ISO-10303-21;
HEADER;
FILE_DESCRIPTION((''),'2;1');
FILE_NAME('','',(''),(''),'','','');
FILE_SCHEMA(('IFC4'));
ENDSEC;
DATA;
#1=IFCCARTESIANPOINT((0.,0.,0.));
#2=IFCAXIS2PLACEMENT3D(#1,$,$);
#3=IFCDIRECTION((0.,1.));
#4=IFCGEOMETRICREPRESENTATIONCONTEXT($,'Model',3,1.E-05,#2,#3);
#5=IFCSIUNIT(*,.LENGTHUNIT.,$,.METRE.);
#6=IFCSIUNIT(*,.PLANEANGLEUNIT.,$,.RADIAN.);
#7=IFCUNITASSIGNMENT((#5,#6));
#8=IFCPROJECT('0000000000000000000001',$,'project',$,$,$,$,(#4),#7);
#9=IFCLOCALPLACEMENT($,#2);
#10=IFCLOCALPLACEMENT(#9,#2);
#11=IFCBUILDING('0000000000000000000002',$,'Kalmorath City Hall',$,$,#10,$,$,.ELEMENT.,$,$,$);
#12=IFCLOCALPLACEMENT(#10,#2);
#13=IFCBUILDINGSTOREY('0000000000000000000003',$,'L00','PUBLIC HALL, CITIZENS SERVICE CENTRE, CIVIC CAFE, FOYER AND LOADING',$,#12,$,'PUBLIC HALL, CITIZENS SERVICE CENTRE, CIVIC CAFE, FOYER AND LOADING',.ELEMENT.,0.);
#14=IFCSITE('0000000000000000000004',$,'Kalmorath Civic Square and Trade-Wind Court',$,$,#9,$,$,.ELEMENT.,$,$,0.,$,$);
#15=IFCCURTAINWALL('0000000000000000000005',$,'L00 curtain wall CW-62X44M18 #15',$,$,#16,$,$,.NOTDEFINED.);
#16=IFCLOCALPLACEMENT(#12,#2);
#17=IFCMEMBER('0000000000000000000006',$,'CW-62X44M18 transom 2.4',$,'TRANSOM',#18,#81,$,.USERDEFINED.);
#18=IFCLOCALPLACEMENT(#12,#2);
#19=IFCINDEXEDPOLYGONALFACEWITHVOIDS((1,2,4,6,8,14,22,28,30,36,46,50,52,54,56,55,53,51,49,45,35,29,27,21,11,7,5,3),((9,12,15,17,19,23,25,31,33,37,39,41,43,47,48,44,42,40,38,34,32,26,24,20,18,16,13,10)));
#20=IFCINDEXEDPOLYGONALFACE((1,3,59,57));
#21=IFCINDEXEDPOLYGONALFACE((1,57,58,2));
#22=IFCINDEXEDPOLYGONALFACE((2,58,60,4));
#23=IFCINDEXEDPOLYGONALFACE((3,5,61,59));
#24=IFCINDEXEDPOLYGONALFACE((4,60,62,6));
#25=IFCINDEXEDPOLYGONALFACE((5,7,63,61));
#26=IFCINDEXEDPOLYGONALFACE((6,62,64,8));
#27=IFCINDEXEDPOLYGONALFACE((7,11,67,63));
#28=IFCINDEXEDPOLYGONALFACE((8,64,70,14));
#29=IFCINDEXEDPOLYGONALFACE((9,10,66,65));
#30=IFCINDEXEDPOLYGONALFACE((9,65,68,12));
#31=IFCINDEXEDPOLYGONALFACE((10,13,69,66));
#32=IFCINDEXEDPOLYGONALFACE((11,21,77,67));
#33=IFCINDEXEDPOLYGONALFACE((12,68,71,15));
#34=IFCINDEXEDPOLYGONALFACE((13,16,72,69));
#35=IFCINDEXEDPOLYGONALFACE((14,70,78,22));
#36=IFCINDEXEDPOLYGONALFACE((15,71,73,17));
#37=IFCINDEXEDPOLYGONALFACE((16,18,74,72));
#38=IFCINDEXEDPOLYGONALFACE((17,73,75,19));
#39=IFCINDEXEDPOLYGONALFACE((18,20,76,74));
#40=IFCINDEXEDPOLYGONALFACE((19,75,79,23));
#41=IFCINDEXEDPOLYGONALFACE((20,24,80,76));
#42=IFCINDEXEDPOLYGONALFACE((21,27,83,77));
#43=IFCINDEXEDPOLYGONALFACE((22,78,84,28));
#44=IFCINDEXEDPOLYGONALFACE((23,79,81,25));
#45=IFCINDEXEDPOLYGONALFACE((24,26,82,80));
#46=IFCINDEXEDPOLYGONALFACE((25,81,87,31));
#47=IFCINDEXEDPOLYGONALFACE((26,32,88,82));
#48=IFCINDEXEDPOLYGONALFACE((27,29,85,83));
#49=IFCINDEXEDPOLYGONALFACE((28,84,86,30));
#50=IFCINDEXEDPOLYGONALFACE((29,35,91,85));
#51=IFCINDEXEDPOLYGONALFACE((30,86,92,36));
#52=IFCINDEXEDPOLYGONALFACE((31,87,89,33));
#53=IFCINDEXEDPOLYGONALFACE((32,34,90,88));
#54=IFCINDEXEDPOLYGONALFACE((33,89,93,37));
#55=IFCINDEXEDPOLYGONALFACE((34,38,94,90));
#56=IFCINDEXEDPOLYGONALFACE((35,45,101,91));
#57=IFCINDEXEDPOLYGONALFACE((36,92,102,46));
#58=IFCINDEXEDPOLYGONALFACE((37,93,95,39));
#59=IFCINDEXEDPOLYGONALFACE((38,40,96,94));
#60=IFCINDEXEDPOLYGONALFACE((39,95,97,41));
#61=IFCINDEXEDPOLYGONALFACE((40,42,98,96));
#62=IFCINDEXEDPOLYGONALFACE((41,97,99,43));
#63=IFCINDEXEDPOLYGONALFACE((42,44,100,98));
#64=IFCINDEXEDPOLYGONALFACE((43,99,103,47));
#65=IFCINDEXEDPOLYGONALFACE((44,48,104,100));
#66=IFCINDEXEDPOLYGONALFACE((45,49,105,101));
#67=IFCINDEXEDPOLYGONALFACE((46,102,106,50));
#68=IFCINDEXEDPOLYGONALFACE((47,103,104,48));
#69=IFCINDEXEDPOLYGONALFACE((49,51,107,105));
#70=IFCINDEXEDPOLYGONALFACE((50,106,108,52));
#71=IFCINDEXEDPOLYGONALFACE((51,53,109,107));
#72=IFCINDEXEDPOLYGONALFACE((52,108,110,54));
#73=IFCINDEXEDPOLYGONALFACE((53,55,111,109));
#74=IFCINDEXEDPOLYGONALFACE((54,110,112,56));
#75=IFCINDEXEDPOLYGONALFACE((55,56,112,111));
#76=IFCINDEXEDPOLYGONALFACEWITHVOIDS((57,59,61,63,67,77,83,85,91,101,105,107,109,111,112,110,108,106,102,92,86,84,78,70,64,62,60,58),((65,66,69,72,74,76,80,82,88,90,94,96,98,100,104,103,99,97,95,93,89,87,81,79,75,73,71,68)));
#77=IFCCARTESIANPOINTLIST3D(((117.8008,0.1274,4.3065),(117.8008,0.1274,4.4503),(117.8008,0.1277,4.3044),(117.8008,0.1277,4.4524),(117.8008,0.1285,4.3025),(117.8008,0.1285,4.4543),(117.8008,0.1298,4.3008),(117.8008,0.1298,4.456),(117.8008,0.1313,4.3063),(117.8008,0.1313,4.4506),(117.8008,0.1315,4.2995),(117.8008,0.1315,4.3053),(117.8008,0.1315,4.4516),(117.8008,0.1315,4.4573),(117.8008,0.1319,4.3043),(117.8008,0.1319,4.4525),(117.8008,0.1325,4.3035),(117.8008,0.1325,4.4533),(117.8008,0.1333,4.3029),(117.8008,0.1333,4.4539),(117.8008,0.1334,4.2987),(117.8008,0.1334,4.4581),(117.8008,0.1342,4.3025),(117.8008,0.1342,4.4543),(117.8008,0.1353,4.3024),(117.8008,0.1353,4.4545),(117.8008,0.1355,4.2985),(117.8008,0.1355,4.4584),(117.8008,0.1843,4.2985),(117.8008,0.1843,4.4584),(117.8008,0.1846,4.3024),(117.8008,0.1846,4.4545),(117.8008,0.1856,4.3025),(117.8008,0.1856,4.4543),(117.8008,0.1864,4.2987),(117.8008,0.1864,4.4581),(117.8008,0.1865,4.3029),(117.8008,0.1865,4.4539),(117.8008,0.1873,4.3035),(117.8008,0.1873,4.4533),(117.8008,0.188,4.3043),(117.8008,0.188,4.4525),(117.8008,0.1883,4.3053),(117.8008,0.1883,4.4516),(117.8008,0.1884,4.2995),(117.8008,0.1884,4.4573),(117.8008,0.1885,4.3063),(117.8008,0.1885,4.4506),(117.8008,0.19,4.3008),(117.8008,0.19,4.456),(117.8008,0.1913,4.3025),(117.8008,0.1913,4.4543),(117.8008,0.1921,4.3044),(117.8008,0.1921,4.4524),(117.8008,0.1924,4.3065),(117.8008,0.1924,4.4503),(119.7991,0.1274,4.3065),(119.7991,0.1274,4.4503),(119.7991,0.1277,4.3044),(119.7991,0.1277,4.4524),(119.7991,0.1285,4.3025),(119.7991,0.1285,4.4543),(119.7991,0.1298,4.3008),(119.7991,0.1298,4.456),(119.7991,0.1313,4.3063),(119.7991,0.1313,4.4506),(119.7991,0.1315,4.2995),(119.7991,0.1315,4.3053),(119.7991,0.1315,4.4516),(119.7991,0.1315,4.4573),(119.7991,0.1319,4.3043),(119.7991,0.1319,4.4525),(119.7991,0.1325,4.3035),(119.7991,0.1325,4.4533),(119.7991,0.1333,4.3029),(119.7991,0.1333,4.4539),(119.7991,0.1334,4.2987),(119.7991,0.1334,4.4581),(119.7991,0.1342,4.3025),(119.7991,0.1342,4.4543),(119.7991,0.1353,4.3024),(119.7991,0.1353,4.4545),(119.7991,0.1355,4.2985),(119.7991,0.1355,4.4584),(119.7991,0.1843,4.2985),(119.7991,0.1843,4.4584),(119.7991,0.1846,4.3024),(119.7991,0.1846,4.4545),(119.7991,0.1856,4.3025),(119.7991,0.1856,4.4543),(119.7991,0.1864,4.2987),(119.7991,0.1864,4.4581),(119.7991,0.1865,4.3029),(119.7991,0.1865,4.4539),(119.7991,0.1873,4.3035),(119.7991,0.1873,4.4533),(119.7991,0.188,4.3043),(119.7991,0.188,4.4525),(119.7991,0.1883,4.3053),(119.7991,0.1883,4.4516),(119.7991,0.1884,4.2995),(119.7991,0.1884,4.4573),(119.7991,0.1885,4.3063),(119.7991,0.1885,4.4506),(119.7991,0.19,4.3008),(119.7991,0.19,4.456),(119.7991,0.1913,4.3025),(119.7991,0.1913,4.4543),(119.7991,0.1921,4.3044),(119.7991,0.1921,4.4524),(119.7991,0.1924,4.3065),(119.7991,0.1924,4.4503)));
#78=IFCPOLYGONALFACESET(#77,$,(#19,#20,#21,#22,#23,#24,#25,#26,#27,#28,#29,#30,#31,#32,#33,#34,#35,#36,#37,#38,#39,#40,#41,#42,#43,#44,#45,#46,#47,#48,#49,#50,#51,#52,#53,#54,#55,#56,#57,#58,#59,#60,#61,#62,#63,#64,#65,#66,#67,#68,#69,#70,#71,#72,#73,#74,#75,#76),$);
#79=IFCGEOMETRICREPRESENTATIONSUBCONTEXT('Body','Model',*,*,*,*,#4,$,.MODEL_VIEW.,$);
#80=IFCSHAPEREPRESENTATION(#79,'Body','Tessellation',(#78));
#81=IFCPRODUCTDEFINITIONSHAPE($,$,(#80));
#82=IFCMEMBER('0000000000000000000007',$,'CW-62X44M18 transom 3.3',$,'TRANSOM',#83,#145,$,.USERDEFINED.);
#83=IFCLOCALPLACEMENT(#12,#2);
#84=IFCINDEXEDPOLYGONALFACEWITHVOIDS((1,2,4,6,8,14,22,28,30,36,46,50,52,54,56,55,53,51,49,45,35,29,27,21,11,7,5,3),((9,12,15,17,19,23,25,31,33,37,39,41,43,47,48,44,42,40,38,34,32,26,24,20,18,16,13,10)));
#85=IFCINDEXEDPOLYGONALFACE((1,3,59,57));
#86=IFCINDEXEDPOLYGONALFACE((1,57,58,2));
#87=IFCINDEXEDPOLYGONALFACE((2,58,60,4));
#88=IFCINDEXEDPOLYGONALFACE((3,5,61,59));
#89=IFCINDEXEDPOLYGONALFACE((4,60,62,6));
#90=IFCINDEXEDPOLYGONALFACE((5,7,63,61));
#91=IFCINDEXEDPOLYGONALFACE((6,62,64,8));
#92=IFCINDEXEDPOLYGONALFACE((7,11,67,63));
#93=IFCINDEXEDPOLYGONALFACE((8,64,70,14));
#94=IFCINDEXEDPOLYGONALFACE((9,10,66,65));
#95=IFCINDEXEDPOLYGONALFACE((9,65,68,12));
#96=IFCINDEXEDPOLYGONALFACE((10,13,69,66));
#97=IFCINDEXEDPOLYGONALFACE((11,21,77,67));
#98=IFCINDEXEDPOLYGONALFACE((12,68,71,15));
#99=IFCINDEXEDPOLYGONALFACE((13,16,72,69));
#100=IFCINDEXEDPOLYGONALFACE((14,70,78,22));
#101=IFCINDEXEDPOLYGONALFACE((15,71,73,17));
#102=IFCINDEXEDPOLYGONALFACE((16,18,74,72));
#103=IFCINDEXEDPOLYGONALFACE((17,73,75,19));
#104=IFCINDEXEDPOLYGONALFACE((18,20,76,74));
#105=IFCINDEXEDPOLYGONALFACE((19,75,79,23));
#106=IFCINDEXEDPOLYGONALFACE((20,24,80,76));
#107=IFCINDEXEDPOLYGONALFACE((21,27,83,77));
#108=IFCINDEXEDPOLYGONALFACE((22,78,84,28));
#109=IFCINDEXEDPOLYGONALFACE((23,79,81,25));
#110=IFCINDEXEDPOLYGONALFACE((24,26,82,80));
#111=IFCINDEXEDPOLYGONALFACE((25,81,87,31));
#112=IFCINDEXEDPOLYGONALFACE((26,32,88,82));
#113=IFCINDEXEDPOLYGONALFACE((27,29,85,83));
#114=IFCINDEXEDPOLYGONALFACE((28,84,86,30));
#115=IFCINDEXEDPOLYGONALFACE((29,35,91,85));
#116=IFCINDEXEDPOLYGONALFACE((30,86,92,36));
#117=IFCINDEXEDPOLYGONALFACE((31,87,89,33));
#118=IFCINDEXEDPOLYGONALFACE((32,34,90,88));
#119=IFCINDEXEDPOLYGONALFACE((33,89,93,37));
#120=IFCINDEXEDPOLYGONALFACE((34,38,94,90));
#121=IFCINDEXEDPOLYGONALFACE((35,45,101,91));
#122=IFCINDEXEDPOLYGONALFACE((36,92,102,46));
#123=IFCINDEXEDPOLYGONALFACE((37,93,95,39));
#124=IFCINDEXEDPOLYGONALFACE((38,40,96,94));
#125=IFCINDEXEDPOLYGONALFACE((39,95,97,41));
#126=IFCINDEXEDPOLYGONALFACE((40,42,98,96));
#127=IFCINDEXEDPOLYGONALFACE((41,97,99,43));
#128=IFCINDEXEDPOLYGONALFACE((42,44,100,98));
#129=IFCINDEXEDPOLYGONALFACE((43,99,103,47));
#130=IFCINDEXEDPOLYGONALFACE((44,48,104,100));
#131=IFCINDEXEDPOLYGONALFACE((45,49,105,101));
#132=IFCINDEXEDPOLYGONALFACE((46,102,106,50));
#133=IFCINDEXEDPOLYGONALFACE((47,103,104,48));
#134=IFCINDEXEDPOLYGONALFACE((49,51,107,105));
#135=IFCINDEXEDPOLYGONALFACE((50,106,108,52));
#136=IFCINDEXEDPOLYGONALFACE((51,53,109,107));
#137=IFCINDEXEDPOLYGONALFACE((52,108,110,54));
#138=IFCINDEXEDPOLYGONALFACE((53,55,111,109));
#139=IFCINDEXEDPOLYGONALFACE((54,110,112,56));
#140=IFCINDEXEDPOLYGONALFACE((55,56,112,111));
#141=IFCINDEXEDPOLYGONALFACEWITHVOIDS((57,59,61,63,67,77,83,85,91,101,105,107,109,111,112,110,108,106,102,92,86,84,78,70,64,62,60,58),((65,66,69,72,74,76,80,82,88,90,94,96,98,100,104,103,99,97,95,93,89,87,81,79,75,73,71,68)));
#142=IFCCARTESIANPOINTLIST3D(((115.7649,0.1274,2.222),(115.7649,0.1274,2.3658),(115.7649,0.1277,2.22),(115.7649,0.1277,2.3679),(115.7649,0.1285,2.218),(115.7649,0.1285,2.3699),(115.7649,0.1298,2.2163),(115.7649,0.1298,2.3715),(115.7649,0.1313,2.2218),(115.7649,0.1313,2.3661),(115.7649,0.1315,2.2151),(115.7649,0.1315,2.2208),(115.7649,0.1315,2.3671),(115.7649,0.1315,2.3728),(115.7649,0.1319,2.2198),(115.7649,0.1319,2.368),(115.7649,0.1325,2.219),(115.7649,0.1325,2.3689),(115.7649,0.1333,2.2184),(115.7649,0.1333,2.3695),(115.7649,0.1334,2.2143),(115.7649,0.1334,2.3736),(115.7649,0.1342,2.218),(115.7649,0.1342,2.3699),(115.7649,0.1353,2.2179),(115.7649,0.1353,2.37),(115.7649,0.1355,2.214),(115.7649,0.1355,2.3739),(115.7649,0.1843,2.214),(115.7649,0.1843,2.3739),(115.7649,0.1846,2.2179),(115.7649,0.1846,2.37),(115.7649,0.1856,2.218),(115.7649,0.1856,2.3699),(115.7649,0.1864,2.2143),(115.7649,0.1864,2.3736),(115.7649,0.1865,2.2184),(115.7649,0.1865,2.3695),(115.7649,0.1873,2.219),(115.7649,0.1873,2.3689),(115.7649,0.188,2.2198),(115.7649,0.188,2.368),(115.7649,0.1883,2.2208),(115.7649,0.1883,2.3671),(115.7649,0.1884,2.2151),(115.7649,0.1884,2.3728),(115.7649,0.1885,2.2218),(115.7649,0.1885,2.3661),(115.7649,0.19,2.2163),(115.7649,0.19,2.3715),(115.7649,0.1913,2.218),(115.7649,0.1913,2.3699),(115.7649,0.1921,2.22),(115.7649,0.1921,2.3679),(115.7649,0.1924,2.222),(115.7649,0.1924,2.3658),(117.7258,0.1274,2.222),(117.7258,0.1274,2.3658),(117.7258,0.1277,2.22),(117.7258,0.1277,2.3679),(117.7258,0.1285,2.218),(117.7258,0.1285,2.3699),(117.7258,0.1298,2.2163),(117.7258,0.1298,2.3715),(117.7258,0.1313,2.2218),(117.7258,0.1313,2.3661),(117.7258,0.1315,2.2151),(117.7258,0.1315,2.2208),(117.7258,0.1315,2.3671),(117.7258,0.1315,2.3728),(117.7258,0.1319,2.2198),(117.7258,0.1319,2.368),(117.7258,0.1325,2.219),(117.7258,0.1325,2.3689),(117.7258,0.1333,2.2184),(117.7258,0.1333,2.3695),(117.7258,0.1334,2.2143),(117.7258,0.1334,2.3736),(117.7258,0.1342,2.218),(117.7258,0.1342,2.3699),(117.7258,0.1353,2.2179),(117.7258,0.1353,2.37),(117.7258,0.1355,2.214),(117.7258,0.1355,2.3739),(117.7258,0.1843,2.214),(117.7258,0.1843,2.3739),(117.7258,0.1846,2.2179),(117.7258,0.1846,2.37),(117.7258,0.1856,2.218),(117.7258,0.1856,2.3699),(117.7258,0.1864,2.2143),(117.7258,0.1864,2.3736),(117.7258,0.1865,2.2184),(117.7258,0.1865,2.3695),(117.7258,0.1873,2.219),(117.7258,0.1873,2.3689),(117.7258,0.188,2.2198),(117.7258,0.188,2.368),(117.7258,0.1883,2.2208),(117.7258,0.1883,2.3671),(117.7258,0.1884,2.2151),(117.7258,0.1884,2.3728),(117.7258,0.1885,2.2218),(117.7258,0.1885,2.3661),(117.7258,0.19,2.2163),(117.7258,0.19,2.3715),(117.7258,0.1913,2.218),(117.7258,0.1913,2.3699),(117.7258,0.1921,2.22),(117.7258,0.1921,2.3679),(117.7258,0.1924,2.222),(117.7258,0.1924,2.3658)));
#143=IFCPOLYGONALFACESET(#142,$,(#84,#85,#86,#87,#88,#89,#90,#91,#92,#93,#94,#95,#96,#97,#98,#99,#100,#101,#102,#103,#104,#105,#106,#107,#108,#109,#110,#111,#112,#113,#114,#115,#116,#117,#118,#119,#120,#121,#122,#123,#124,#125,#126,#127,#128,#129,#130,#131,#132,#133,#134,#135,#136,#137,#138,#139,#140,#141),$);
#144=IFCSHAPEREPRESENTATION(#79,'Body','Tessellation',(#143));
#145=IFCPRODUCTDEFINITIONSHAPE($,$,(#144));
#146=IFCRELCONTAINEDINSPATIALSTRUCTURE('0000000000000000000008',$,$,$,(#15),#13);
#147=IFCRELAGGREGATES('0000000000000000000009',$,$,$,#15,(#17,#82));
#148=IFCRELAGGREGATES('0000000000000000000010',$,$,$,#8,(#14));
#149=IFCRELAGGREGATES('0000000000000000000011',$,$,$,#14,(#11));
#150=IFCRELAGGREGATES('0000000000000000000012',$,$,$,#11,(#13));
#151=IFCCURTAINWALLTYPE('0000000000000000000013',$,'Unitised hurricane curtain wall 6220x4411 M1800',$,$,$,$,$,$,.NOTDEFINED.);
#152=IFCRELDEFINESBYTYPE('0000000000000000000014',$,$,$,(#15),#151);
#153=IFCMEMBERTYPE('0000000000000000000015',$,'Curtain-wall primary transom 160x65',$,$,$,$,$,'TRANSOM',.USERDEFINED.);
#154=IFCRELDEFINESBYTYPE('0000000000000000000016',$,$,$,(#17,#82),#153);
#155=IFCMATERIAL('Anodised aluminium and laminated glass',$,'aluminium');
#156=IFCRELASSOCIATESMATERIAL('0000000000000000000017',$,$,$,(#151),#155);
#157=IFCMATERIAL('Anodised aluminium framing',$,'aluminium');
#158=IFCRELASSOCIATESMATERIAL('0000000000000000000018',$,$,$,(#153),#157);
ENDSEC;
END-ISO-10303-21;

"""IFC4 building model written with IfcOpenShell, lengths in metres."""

from ifc_helpers import new_model, si_unit, direction, frame, origin, origin_2d, place, context, subcontext, project, spatial, hollow_rectangle, extrude, material, material_profile, profile_set, type_object, element, aggregate, save


model = new_model("IFC4")

# Units and contexts
model_context = context("Model", 3, precision=1e-05, world=origin(), true_north=direction((0.0, 1.0)))
body_context = subcontext(model_context, "Body", "Model", "MODEL_VIEW")
ifc_project = project(units=[si_unit("LENGTHUNIT", "METRE"), si_unit("PLANEANGLEUNIT", "RADIAN")], contexts=[model_context])

# Site, building, storey
site_placement = place(None, origin())
site = spatial("IfcSite", under=ifc_project, at=site_placement, Name="Kalmorath Civic Square and Trade-Wind Court", CompositionType="ELEMENT", RefElevation=0.0)
building_placement = place(site_placement, origin())
building = spatial("IfcBuilding", under=site, at=building_placement, Name="Kalmorath City Hall", CompositionType="ELEMENT")
storey_placement = place(building_placement, origin())
storey = spatial("IfcBuildingStorey", under=building, at=storey_placement, Name="L00", Description="PUBLIC HALL, CITIZENS SERVICE CENTRE, CIVIC CAFE, FOYER AND LOADING", LongName="PUBLIC HALL, CITIZENS SERVICE CENTRE, CIVIC CAFE, FOYER AND LOADING", CompositionType="ELEMENT", Elevation=0.0)

# Curtain wall, members
ifc_material_1 = material(Name="Anodised aluminium and laminated glass", Category="aluminium")
curtain_wall_type = type_object("IfcCurtainWallType", Name="Unitised hurricane curtain wall 6220x4411 M1800", PredefinedType="NOTDEFINED", material=ifc_material_1)
curtain_wall_placement = place(storey_placement, origin())
curtain_wall = element("IfcCurtainWall", 1, at=curtain_wall_placement, inside=storey, type_object=curtain_wall_type, Name="L00 curtain wall CW-62X44M18 #15", PredefinedType="NOTDEFINED")
ifc_material_2 = material(Name="Anodised aluminium framing", Category="aluminium")
ifc_material_profile_1 = material_profile(ifc_material_2, hollow_rectangle(XDim=0.0649, YDim=0.1599, WallThickness=0.0039, InnerFilletRadius=0.0039, OuterFilletRadius=0.0081, at=origin_2d()), Name="ALU-TRN-160X65X4")
ifc_profile_set_1 = profile_set([ifc_material_profile_1], Name="Anodised aluminium framing")
member_type_1 = type_object("IfcMemberType", Name="Curtain-wall primary transom 160x65", ElementType="TRANSOM", PredefinedType="USERDEFINED", material=ifc_profile_set_1)
member_1_placement = place(storey_placement, frame((119.7991, 0.1599, 4.3784), z_axis=(-1.0, 0.0, 0.0), x_axis=(0.0, -1.0, 0.0)))
member_1 = element("IfcMember", 2, at=member_1_placement, type_object=member_type_1, Name="CW-62X44M18 transom 2.4", ObjectType="TRANSOM", PredefinedType="USERDEFINED", context=body_context, shape_type="SweptSolid", body=[
    extrude(hollow_rectangle(XDim=0.0649, YDim=0.1599, WallThickness=0.0039, InnerFilletRadius=0.0039, OuterFilletRadius=0.0081, at=origin_2d()), origin(), (0.0, 0.0, 1.0), 1.9983),
])
member_2_placement = place(storey_placement, frame((117.7258, 0.1599, 2.2939), z_axis=(-1.0, 0.0, 0.0), x_axis=(0.0, -1.0, 0.0)))
member_2 = element("IfcMember", 3, at=member_2_placement, type_object=member_type_1, Name="CW-62X44M18 transom 3.3", ObjectType="TRANSOM", PredefinedType="USERDEFINED", context=body_context, shape_type="SweptSolid", body=[
    extrude(hollow_rectangle(XDim=0.0649, YDim=0.1599, WallThickness=0.0039, InnerFilletRadius=0.0039, OuterFilletRadius=0.0081, at=origin_2d()), origin(), (0.0, 0.0, 1.0), 1.9609),
])
aggregate(curtain_wall, [member_1, member_2])

save(model, "model.ifc")
